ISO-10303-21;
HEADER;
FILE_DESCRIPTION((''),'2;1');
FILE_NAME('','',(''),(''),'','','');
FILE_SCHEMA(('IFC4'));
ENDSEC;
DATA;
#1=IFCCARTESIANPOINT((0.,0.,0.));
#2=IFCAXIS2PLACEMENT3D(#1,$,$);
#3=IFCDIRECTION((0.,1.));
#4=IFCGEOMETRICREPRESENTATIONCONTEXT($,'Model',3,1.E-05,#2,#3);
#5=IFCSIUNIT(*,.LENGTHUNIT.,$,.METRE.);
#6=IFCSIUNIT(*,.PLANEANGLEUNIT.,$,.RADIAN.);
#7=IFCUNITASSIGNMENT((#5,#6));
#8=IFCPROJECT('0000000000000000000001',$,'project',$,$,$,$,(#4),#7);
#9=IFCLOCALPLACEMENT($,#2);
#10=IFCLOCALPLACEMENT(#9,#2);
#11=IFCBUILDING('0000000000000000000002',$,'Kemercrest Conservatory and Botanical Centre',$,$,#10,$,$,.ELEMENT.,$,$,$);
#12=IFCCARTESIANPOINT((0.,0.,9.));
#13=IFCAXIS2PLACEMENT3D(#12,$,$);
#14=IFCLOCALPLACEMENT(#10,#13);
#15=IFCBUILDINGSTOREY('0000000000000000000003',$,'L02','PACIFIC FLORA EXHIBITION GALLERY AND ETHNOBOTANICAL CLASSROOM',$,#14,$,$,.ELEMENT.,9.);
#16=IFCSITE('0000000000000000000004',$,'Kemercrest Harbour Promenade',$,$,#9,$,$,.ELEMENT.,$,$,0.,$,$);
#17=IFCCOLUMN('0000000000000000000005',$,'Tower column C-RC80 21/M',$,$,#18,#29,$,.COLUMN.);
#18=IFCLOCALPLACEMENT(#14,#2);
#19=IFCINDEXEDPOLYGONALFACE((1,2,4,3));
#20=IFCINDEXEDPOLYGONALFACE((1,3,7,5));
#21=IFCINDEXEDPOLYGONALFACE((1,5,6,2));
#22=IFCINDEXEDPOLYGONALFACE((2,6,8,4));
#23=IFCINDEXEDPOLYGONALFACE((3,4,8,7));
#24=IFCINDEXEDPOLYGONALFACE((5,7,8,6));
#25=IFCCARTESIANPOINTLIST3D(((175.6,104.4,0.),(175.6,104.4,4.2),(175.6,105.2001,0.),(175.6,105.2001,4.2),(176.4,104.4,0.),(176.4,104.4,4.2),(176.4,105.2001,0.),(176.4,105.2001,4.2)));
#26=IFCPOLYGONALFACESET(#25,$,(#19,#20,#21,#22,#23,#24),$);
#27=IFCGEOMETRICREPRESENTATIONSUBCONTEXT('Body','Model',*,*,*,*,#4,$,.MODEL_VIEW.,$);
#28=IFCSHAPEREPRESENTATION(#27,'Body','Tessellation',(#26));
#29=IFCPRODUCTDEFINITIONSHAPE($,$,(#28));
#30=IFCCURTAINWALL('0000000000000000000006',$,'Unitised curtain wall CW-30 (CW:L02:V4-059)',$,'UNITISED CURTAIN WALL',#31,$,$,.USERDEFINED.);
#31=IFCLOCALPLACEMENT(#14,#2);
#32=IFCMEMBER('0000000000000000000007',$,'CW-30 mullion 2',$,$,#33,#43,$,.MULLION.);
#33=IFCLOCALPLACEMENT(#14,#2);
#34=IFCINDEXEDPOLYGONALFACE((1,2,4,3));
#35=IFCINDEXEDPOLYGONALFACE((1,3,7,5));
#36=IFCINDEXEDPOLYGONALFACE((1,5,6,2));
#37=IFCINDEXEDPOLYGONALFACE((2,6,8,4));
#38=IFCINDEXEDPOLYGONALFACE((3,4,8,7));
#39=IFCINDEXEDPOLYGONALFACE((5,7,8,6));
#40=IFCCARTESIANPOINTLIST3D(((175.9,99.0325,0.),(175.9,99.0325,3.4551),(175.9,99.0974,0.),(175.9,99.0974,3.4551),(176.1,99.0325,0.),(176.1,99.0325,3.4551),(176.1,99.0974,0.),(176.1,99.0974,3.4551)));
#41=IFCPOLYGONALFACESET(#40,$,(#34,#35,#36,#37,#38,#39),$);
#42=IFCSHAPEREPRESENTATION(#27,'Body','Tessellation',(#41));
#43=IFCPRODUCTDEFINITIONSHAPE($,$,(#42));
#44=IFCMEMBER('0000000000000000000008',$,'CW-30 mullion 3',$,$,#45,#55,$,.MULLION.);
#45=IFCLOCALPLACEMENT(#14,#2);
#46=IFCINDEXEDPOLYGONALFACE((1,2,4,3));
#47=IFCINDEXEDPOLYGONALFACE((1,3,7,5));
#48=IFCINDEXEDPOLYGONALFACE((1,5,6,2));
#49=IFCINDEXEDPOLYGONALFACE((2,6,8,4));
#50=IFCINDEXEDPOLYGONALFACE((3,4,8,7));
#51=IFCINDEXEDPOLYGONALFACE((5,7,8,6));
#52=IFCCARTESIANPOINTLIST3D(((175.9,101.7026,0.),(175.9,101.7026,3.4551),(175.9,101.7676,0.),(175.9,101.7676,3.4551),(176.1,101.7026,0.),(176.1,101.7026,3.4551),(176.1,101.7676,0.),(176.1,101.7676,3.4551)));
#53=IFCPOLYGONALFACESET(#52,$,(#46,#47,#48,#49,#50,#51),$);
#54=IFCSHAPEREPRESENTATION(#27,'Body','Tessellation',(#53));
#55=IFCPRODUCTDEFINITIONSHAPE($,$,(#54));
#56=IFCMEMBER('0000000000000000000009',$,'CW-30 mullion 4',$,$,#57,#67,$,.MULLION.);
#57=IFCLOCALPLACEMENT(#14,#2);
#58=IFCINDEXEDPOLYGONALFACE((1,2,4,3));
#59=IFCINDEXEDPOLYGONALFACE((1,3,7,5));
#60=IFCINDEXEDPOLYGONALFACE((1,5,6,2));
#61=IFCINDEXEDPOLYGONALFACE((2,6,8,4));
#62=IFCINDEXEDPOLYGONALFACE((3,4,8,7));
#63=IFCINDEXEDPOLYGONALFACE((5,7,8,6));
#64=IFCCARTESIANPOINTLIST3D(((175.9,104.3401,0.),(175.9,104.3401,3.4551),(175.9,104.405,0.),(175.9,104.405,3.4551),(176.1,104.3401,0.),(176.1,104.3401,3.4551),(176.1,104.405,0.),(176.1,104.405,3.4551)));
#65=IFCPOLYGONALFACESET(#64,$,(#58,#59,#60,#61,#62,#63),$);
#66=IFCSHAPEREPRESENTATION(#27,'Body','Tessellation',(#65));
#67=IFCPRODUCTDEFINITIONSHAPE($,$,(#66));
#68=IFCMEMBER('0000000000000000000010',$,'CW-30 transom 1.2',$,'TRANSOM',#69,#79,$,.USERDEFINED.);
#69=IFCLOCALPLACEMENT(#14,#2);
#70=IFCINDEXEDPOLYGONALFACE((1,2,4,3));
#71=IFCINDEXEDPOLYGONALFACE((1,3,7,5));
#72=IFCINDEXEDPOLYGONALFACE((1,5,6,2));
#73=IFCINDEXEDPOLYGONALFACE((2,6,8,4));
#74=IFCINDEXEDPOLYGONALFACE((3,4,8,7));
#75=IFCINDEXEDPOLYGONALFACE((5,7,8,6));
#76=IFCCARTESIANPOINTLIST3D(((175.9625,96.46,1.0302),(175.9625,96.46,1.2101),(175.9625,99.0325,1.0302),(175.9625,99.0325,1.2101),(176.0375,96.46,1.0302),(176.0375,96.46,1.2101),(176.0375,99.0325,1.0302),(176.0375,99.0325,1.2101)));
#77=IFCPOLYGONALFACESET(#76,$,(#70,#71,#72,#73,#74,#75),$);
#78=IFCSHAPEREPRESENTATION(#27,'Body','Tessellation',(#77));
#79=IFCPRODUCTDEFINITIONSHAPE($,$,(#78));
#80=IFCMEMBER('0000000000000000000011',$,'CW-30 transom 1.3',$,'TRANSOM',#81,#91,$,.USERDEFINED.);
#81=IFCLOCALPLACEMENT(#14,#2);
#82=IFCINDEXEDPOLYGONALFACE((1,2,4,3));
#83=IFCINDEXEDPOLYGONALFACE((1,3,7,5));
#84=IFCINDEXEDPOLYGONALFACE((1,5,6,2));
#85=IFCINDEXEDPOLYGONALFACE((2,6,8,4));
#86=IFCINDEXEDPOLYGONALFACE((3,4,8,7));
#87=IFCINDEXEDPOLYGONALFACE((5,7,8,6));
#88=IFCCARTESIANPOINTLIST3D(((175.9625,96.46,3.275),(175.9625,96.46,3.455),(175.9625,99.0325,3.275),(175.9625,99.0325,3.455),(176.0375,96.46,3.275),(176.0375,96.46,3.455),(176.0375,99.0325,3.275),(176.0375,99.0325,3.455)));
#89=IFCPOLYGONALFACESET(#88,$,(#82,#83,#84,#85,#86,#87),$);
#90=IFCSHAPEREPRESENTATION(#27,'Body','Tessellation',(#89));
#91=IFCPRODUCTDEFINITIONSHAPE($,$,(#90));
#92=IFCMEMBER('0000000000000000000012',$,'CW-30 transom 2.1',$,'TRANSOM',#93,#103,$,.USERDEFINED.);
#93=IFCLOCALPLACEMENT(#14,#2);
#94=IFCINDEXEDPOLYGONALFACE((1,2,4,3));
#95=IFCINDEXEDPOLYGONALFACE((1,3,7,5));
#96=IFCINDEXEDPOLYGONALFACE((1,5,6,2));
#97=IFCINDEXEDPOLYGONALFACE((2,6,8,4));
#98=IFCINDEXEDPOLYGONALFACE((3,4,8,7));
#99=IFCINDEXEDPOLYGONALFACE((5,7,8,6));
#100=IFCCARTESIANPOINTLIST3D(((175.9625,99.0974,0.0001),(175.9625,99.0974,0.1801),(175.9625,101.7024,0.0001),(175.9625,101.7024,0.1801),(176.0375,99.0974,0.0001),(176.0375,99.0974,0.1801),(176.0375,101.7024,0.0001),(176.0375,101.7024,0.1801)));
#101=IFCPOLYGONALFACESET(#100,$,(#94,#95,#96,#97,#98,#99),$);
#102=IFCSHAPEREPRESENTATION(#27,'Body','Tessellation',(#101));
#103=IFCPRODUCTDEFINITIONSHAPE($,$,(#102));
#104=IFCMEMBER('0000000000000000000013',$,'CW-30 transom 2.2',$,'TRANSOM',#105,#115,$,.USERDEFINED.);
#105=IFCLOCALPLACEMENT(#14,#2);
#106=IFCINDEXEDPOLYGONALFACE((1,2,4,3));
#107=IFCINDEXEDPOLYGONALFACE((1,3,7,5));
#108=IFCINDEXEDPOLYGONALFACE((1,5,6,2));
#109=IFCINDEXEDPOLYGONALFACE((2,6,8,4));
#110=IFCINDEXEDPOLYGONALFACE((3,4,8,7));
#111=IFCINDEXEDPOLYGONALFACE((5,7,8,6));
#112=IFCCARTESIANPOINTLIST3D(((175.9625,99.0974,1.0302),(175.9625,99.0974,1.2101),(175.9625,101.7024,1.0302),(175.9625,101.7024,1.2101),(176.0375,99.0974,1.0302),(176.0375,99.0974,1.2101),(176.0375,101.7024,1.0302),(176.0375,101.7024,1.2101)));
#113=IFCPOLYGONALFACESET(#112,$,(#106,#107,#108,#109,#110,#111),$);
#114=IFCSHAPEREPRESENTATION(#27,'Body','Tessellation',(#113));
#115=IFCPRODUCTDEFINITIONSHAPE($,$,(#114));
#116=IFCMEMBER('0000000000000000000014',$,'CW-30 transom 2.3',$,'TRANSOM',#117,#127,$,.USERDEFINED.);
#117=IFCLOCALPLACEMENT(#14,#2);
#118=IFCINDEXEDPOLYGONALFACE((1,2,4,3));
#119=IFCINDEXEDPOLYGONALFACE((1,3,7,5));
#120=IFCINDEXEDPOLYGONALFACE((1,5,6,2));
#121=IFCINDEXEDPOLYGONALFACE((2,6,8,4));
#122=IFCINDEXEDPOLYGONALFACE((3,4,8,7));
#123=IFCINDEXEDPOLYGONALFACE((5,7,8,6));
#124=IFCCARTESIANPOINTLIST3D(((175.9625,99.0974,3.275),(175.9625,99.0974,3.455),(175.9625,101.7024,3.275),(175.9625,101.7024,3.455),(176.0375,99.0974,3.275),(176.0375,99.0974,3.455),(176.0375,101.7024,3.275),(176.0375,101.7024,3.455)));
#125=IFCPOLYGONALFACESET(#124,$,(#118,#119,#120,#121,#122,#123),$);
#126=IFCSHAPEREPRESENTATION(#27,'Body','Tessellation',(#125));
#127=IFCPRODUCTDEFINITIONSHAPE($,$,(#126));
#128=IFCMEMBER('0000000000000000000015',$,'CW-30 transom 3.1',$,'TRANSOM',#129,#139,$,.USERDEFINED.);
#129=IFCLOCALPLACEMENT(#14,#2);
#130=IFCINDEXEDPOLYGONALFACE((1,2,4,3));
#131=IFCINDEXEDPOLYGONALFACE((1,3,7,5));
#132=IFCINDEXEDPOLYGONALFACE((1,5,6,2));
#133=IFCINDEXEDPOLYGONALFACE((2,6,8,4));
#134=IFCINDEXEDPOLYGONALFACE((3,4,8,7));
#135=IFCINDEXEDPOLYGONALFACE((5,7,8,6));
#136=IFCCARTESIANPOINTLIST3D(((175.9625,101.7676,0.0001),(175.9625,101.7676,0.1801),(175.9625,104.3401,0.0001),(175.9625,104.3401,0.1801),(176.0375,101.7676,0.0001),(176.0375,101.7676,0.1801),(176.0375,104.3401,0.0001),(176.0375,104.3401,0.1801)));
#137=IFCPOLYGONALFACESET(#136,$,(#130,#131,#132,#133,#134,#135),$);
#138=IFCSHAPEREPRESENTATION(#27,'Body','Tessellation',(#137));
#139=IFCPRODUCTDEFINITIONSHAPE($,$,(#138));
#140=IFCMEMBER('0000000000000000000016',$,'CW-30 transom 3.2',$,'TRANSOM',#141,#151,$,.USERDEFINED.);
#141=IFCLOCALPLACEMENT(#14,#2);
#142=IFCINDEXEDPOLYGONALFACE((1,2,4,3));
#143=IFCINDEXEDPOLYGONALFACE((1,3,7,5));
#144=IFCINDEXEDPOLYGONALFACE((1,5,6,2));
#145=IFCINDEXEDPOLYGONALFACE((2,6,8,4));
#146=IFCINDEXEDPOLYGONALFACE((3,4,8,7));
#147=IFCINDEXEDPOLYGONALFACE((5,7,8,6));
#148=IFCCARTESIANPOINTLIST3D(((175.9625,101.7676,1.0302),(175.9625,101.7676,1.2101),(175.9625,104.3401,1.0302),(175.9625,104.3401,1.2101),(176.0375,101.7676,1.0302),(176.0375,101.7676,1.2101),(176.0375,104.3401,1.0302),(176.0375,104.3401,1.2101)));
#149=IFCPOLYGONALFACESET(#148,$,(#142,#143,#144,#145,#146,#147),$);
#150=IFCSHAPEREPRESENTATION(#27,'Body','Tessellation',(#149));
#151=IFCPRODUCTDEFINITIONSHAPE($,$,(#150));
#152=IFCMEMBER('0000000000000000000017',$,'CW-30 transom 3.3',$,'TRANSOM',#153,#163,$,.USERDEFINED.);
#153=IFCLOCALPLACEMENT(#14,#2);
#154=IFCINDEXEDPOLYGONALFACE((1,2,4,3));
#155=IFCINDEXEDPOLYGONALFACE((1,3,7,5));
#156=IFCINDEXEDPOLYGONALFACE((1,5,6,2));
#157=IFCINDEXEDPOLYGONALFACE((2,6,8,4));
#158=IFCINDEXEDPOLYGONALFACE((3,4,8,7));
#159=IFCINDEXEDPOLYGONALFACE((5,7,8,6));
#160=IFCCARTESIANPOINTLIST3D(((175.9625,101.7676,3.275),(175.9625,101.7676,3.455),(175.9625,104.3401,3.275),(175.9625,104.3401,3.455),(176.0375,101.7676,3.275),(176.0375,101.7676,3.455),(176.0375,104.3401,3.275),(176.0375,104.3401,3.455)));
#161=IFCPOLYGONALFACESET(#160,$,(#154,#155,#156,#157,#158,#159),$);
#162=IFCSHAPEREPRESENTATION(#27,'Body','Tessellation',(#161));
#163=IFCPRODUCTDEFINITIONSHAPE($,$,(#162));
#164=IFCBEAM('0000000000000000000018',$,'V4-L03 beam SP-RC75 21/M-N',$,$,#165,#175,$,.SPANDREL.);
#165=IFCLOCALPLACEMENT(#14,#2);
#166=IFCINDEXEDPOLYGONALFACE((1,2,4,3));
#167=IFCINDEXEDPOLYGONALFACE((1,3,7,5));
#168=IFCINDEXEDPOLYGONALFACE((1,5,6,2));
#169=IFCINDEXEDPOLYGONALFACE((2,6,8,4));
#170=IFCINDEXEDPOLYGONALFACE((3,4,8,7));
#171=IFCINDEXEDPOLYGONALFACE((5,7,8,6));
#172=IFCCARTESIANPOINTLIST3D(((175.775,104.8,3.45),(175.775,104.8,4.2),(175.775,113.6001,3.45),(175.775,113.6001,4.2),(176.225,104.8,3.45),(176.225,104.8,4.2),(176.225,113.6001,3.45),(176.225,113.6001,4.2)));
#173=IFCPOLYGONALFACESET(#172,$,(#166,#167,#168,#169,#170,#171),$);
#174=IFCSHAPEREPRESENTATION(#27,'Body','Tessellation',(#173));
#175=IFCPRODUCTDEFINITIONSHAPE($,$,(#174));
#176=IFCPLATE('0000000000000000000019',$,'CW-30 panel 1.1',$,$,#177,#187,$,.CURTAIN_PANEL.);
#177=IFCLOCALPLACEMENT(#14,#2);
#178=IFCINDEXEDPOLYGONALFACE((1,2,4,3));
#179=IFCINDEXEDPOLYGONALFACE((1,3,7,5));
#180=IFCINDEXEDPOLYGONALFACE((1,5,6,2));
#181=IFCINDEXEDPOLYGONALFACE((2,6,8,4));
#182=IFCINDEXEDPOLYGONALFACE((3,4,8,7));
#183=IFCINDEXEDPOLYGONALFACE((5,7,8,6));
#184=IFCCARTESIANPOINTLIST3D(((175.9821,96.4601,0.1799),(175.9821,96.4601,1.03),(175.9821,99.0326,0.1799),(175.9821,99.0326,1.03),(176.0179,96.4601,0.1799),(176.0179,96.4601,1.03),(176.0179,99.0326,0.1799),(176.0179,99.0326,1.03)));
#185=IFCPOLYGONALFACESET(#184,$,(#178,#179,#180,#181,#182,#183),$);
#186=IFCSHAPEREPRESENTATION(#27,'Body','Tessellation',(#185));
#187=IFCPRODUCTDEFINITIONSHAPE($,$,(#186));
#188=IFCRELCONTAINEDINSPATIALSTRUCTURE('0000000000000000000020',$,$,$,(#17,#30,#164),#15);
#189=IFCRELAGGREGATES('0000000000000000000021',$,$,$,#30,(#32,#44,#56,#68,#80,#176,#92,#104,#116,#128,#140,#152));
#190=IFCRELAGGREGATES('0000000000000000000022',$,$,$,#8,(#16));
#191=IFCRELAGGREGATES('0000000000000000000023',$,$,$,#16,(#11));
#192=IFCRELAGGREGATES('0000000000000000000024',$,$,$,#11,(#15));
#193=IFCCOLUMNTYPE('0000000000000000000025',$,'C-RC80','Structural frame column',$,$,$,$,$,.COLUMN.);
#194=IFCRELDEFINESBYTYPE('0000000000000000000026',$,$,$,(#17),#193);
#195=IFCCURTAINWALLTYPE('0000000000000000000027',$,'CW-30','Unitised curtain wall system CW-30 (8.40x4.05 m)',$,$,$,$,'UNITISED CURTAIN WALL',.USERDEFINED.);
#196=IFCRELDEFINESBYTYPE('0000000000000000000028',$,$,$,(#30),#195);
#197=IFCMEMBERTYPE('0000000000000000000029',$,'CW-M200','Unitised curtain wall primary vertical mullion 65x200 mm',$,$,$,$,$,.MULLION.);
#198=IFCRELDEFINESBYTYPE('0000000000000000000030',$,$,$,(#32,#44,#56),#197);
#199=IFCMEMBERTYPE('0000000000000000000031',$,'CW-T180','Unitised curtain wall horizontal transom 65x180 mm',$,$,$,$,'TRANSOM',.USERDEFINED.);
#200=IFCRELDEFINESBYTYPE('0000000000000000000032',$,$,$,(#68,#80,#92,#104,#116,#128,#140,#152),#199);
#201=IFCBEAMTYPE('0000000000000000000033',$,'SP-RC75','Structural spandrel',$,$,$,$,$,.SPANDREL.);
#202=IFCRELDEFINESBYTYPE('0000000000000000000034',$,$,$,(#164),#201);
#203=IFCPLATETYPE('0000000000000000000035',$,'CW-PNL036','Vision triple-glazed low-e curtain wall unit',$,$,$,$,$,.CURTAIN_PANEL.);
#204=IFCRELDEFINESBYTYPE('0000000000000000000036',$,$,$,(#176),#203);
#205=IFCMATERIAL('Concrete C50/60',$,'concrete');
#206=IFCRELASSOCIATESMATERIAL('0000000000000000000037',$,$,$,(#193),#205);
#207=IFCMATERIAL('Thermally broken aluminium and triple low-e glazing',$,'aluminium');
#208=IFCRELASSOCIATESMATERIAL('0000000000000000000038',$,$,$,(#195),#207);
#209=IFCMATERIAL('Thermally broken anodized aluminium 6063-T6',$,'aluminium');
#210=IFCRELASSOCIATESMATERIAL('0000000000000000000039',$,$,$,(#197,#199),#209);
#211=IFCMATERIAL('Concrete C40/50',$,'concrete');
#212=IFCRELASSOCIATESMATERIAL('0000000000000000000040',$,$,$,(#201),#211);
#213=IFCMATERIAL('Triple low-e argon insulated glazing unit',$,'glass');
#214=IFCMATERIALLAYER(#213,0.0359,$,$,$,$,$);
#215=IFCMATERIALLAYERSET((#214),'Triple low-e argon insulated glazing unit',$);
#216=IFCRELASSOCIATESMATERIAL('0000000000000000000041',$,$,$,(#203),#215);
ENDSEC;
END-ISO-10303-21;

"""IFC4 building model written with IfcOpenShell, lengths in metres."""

from ifc_helpers import new_model, si_unit, direction, frame, origin, origin_2d, place, context, subcontext, project, spatial, rectangle, extrude, material, layer, layer_set, material_profile, profile_set, type_object, element, aggregate, save


model = new_model("IFC4")

# Units and contexts
model_context = context("Model", 3, precision=1e-05, world=origin(), true_north=direction((0.0, 1.0)))
body_context = subcontext(model_context, "Body", "Model", "MODEL_VIEW")
ifc_project = project(units=[si_unit("LENGTHUNIT", "METRE"), si_unit("PLANEANGLEUNIT", "RADIAN")], contexts=[model_context])

# Site, building, storey
site_placement = place(None, origin())
site = spatial("IfcSite", under=ifc_project, at=site_placement, Name="Kemercrest Harbour Promenade", CompositionType="ELEMENT", RefElevation=0.0)
building_placement = place(site_placement, origin())
building = spatial("IfcBuilding", under=site, at=building_placement, Name="Kemercrest Conservatory and Botanical Centre", CompositionType="ELEMENT")
storey_placement = place(building_placement, frame((0.0, 0.0, 9.0)))
storey = spatial("IfcBuildingStorey", under=building, at=storey_placement, Name="L02", Description="PACIFIC FLORA EXHIBITION GALLERY AND ETHNOBOTANICAL CLASSROOM", CompositionType="ELEMENT", Elevation=9.0)

# Column
ifc_material_1 = material(Name="Concrete C50/60", Category="concrete")
ifc_material_profile_1 = material_profile(ifc_material_1, rectangle(XDim=0.8, YDim=0.8, at=origin_2d()), Name="RC 800x800")
ifc_profile_set_1 = profile_set([ifc_material_profile_1], Name="Concrete C50/60")
column_type = type_object("IfcColumnType", Name="C-RC80", Description="Structural frame column", PredefinedType="COLUMN", material=ifc_profile_set_1)
column_placement = place(storey_placement, frame((176.0, 104.8, 0.0), z_axis=(0.0, 0.0, 1.0), x_axis=(1.0, 0.0, 0.0)))
element("IfcColumn", 1, at=column_placement, inside=storey, type_object=column_type, Name="Tower column C-RC80 21/M", PredefinedType="COLUMN", context=body_context, shape_type="SweptSolid", body=[
    extrude(rectangle(XDim=0.8, YDim=0.8, at=origin_2d()), origin(), (0.0, 0.0, 1.0), 4.2),
])

# Curtain wall, members
ifc_material_2 = material(Name="Thermally broken aluminium and triple low-e glazing", Category="aluminium")
curtain_wall_type = type_object("IfcCurtainWallType", Name="CW-30", Description="Unitised curtain wall system CW-30 (8.40x4.05 m)", ElementType="UNITISED CURTAIN WALL", PredefinedType="USERDEFINED", material=ifc_material_2)
curtain_wall_placement = place(storey_placement, origin())
curtain_wall = element("IfcCurtainWall", 2, at=curtain_wall_placement, inside=storey, type_object=curtain_wall_type, Name="Unitised curtain wall CW-30 (CW:L02:V4-059)", ObjectType="UNITISED CURTAIN WALL", PredefinedType="USERDEFINED")
ifc_material_3 = material(Name="Thermally broken anodized aluminium 6063-T6", Category="aluminium")
ifc_material_profile_2 = material_profile(ifc_material_3, rectangle(XDim=0.2, YDim=0.0649, at=origin_2d()), Name="AL MULLION 65x200")
ifc_profile_set_2 = profile_set([ifc_material_profile_2], Name="Thermally broken anodized aluminium 6063-T6")
member_type_1 = type_object("IfcMemberType", Name="CW-M200", Description="Unitised curtain wall primary vertical mullion 65x200 mm", PredefinedType="MULLION", material=ifc_profile_set_2)
member_1_placement = place(storey_placement, frame((176.0, 99.0649, 0.0), z_axis=(0.0, 0.0, 1.0), x_axis=(-1.0, 0.0, 0.0)))
member_1 = element("IfcMember", 3, at=member_1_placement, type_object=member_type_1, Name="CW-30 mullion 2", PredefinedType="MULLION", context=body_context, shape_type="SweptSolid", body=[
    extrude(rectangle(XDim=0.2, YDim=0.0649, at=origin_2d()), origin(), (0.0, 0.0, 1.0), 3.4551),
])
member_2_placement = place(storey_placement, frame((176.0, 101.7351, 0.0), z_axis=(0.0, 0.0, 1.0), x_axis=(-1.0, 0.0, 0.0)))
member_2 = element("IfcMember", 4, at=member_2_placement, type_object=member_type_1, Name="CW-30 mullion 3", PredefinedType="MULLION", context=body_context, shape_type="SweptSolid", body=[
    extrude(rectangle(XDim=0.2, YDim=0.0649, at=origin_2d()), origin(), (0.0, 0.0, 1.0), 3.4551),
])
member_3_placement = place(storey_placement, frame((176.0, 104.3726, 0.0), z_axis=(0.0, 0.0, 1.0), x_axis=(-1.0, 0.0, 0.0)))
member_3 = element("IfcMember", 5, at=member_3_placement, type_object=member_type_1, Name="CW-30 mullion 4", PredefinedType="MULLION", context=body_context, shape_type="SweptSolid", body=[
    extrude(rectangle(XDim=0.2, YDim=0.0649, at=origin_2d()), origin(), (0.0, 0.0, 1.0), 3.4551),
])
ifc_material_profile_3 = material_profile(ifc_material_3, rectangle(XDim=0.075, YDim=0.1799, at=origin_2d()), Name="AL TRANSOM 75x180")
ifc_profile_set_3 = profile_set([ifc_material_profile_3], Name="Thermally broken anodized aluminium 6063-T6")
member_type_2 = type_object("IfcMemberType", Name="CW-T180", Description="Unitised curtain wall horizontal transom 65x180 mm", ElementType="TRANSOM", PredefinedType="USERDEFINED", material=ifc_profile_set_3)
member_4_placement = place(storey_placement, frame((176.0, 96.46, 1.1201), z_axis=(0.0, 1.0, 0.0), x_axis=(-1.0, 0.0, 0.0)))
member_4 = element("IfcMember", 6, at=member_4_placement, type_object=member_type_2, Name="CW-30 transom 1.2", ObjectType="TRANSOM", PredefinedType="USERDEFINED", context=body_context, shape_type="SweptSolid", body=[
    extrude(rectangle(XDim=0.075, YDim=0.1799, at=origin_2d()), origin(), (0.0, 0.0, 1.0), 2.5725),
])
member_5_placement = place(storey_placement, frame((176.0, 96.46, 3.365), z_axis=(0.0, 1.0, 0.0), x_axis=(-1.0, 0.0, 0.0)))
member_5 = element("IfcMember", 7, at=member_5_placement, type_object=member_type_2, Name="CW-30 transom 1.3", ObjectType="TRANSOM", PredefinedType="USERDEFINED", context=body_context, shape_type="SweptSolid", body=[
    extrude(rectangle(XDim=0.075, YDim=0.1799, at=origin_2d()), origin(), (0.0, 0.0, 1.0), 2.5725),
])
member_6_placement = place(storey_placement, frame((176.0, 99.0974, 0.0901), z_axis=(0.0, 1.0, 0.0), x_axis=(-1.0, 0.0, 0.0)))
member_6 = element("IfcMember", 8, at=member_6_placement, type_object=member_type_2, Name="CW-30 transom 2.1", ObjectType="TRANSOM", PredefinedType="USERDEFINED", context=body_context, shape_type="SweptSolid", body=[
    extrude(rectangle(XDim=0.075, YDim=0.1799, at=origin_2d()), origin(), (0.0, 0.0, 1.0), 2.605),
])
member_7_placement = place(storey_placement, frame((176.0, 99.0974, 1.1201), z_axis=(0.0, 1.0, 0.0), x_axis=(-1.0, 0.0, 0.0)))
member_7 = element("IfcMember", 9, at=member_7_placement, type_object=member_type_2, Name="CW-30 transom 2.2", ObjectType="TRANSOM", PredefinedType="USERDEFINED", context=body_context, shape_type="SweptSolid", body=[
    extrude(rectangle(XDim=0.075, YDim=0.1799, at=origin_2d()), origin(), (0.0, 0.0, 1.0), 2.605),
])
member_8_placement = place(storey_placement, frame((176.0, 99.0974, 3.365), z_axis=(0.0, 1.0, 0.0), x_axis=(-1.0, 0.0, 0.0)))
member_8 = element("IfcMember", 10, at=member_8_placement, type_object=member_type_2, Name="CW-30 transom 2.3", ObjectType="TRANSOM", PredefinedType="USERDEFINED", context=body_context, shape_type="SweptSolid", body=[
    extrude(rectangle(XDim=0.075, YDim=0.1799, at=origin_2d()), origin(), (0.0, 0.0, 1.0), 2.605),
])
member_9_placement = place(storey_placement, frame((176.0, 101.7676, 0.0901), z_axis=(0.0, 1.0, 0.0), x_axis=(-1.0, 0.0, 0.0)))
member_9 = element("IfcMember", 11, at=member_9_placement, type_object=member_type_2, Name="CW-30 transom 3.1", ObjectType="TRANSOM", PredefinedType="USERDEFINED", context=body_context, shape_type="SweptSolid", body=[
    extrude(rectangle(XDim=0.075, YDim=0.1799, at=origin_2d()), origin(), (0.0, 0.0, 1.0), 2.5725),
])
member_10_placement = place(storey_placement, frame((176.0, 101.7676, 1.1201), z_axis=(0.0, 1.0, 0.0), x_axis=(-1.0, 0.0, 0.0)))
member_10 = element("IfcMember", 12, at=member_10_placement, type_object=member_type_2, Name="CW-30 transom 3.2", ObjectType="TRANSOM", PredefinedType="USERDEFINED", context=body_context, shape_type="SweptSolid", body=[
    extrude(rectangle(XDim=0.075, YDim=0.1799, at=origin_2d()), origin(), (0.0, 0.0, 1.0), 2.5725),
])
member_11_placement = place(storey_placement, frame((176.0, 101.7676, 3.365), z_axis=(0.0, 1.0, 0.0), x_axis=(-1.0, 0.0, 0.0)))
member_11 = element("IfcMember", 13, at=member_11_placement, type_object=member_type_2, Name="CW-30 transom 3.3", ObjectType="TRANSOM", PredefinedType="USERDEFINED", context=body_context, shape_type="SweptSolid", body=[
    extrude(rectangle(XDim=0.075, YDim=0.1799, at=origin_2d()), origin(), (0.0, 0.0, 1.0), 2.5725),
])

# Beam
ifc_material_4 = material(Name="Concrete C40/50", Category="concrete")
ifc_material_profile_4 = material_profile(ifc_material_4, rectangle(XDim=0.45, YDim=0.75, at=origin_2d()), Name="RC 450x750")
ifc_profile_set_4 = profile_set([ifc_material_profile_4], Name="Concrete C40/50")
beam_type = type_object("IfcBeamType", Name="SP-RC75", Description="Structural spandrel", PredefinedType="SPANDREL", material=ifc_profile_set_4)
beam_placement = place(storey_placement, frame((176.0, 104.8, 3.825), z_axis=(0.0, 1.0, 0.0), x_axis=(-1.0, 0.0, 0.0)))
element("IfcBeam", 14, at=beam_placement, inside=storey, type_object=beam_type, Name="V4-L03 beam SP-RC75 21/M-N", PredefinedType="SPANDREL", context=body_context, shape_type="SweptSolid", body=[
    extrude(rectangle(XDim=0.45, YDim=0.75, at=origin_2d()), origin(), (0.0, 0.0, 1.0), 8.8),
])

# Plate
ifc_material_5 = material(Name="Triple low-e argon insulated glazing unit", Category="glass")
ifc_layer_1 = layer(ifc_material_5, 0.0359)
ifc_layer_set_1 = layer_set([ifc_layer_1], Name="Triple low-e argon insulated glazing unit")
plate_type = type_object("IfcPlateType", Name="CW-PNL036", Description="Vision triple-glazed low-e curtain wall unit", PredefinedType="CURTAIN_PANEL", material=ifc_layer_set_1)
plate_1_placement = place(storey_placement, frame((176.0, 97.7463, 0.1799), z_axis=(0.0, 0.0, 1.0), x_axis=(0.0, 1.0, 0.0)))
plate_1 = element("IfcPlate", 15, at=plate_1_placement, type_object=plate_type, Name="CW-30 panel 1.1", PredefinedType="CURTAIN_PANEL", context=body_context, shape_type="SweptSolid", body=[
    extrude(rectangle(XDim=2.5725, YDim=0.0359, at=origin_2d()), origin(), (0.0, 0.0, 1.0), 0.8501),
])
aggregate(curtain_wall, [member_1, member_2, member_3, member_4, member_5, plate_1, member_6, member_7, member_8, member_9, member_10, member_11])

save(model, "model.ifc")
